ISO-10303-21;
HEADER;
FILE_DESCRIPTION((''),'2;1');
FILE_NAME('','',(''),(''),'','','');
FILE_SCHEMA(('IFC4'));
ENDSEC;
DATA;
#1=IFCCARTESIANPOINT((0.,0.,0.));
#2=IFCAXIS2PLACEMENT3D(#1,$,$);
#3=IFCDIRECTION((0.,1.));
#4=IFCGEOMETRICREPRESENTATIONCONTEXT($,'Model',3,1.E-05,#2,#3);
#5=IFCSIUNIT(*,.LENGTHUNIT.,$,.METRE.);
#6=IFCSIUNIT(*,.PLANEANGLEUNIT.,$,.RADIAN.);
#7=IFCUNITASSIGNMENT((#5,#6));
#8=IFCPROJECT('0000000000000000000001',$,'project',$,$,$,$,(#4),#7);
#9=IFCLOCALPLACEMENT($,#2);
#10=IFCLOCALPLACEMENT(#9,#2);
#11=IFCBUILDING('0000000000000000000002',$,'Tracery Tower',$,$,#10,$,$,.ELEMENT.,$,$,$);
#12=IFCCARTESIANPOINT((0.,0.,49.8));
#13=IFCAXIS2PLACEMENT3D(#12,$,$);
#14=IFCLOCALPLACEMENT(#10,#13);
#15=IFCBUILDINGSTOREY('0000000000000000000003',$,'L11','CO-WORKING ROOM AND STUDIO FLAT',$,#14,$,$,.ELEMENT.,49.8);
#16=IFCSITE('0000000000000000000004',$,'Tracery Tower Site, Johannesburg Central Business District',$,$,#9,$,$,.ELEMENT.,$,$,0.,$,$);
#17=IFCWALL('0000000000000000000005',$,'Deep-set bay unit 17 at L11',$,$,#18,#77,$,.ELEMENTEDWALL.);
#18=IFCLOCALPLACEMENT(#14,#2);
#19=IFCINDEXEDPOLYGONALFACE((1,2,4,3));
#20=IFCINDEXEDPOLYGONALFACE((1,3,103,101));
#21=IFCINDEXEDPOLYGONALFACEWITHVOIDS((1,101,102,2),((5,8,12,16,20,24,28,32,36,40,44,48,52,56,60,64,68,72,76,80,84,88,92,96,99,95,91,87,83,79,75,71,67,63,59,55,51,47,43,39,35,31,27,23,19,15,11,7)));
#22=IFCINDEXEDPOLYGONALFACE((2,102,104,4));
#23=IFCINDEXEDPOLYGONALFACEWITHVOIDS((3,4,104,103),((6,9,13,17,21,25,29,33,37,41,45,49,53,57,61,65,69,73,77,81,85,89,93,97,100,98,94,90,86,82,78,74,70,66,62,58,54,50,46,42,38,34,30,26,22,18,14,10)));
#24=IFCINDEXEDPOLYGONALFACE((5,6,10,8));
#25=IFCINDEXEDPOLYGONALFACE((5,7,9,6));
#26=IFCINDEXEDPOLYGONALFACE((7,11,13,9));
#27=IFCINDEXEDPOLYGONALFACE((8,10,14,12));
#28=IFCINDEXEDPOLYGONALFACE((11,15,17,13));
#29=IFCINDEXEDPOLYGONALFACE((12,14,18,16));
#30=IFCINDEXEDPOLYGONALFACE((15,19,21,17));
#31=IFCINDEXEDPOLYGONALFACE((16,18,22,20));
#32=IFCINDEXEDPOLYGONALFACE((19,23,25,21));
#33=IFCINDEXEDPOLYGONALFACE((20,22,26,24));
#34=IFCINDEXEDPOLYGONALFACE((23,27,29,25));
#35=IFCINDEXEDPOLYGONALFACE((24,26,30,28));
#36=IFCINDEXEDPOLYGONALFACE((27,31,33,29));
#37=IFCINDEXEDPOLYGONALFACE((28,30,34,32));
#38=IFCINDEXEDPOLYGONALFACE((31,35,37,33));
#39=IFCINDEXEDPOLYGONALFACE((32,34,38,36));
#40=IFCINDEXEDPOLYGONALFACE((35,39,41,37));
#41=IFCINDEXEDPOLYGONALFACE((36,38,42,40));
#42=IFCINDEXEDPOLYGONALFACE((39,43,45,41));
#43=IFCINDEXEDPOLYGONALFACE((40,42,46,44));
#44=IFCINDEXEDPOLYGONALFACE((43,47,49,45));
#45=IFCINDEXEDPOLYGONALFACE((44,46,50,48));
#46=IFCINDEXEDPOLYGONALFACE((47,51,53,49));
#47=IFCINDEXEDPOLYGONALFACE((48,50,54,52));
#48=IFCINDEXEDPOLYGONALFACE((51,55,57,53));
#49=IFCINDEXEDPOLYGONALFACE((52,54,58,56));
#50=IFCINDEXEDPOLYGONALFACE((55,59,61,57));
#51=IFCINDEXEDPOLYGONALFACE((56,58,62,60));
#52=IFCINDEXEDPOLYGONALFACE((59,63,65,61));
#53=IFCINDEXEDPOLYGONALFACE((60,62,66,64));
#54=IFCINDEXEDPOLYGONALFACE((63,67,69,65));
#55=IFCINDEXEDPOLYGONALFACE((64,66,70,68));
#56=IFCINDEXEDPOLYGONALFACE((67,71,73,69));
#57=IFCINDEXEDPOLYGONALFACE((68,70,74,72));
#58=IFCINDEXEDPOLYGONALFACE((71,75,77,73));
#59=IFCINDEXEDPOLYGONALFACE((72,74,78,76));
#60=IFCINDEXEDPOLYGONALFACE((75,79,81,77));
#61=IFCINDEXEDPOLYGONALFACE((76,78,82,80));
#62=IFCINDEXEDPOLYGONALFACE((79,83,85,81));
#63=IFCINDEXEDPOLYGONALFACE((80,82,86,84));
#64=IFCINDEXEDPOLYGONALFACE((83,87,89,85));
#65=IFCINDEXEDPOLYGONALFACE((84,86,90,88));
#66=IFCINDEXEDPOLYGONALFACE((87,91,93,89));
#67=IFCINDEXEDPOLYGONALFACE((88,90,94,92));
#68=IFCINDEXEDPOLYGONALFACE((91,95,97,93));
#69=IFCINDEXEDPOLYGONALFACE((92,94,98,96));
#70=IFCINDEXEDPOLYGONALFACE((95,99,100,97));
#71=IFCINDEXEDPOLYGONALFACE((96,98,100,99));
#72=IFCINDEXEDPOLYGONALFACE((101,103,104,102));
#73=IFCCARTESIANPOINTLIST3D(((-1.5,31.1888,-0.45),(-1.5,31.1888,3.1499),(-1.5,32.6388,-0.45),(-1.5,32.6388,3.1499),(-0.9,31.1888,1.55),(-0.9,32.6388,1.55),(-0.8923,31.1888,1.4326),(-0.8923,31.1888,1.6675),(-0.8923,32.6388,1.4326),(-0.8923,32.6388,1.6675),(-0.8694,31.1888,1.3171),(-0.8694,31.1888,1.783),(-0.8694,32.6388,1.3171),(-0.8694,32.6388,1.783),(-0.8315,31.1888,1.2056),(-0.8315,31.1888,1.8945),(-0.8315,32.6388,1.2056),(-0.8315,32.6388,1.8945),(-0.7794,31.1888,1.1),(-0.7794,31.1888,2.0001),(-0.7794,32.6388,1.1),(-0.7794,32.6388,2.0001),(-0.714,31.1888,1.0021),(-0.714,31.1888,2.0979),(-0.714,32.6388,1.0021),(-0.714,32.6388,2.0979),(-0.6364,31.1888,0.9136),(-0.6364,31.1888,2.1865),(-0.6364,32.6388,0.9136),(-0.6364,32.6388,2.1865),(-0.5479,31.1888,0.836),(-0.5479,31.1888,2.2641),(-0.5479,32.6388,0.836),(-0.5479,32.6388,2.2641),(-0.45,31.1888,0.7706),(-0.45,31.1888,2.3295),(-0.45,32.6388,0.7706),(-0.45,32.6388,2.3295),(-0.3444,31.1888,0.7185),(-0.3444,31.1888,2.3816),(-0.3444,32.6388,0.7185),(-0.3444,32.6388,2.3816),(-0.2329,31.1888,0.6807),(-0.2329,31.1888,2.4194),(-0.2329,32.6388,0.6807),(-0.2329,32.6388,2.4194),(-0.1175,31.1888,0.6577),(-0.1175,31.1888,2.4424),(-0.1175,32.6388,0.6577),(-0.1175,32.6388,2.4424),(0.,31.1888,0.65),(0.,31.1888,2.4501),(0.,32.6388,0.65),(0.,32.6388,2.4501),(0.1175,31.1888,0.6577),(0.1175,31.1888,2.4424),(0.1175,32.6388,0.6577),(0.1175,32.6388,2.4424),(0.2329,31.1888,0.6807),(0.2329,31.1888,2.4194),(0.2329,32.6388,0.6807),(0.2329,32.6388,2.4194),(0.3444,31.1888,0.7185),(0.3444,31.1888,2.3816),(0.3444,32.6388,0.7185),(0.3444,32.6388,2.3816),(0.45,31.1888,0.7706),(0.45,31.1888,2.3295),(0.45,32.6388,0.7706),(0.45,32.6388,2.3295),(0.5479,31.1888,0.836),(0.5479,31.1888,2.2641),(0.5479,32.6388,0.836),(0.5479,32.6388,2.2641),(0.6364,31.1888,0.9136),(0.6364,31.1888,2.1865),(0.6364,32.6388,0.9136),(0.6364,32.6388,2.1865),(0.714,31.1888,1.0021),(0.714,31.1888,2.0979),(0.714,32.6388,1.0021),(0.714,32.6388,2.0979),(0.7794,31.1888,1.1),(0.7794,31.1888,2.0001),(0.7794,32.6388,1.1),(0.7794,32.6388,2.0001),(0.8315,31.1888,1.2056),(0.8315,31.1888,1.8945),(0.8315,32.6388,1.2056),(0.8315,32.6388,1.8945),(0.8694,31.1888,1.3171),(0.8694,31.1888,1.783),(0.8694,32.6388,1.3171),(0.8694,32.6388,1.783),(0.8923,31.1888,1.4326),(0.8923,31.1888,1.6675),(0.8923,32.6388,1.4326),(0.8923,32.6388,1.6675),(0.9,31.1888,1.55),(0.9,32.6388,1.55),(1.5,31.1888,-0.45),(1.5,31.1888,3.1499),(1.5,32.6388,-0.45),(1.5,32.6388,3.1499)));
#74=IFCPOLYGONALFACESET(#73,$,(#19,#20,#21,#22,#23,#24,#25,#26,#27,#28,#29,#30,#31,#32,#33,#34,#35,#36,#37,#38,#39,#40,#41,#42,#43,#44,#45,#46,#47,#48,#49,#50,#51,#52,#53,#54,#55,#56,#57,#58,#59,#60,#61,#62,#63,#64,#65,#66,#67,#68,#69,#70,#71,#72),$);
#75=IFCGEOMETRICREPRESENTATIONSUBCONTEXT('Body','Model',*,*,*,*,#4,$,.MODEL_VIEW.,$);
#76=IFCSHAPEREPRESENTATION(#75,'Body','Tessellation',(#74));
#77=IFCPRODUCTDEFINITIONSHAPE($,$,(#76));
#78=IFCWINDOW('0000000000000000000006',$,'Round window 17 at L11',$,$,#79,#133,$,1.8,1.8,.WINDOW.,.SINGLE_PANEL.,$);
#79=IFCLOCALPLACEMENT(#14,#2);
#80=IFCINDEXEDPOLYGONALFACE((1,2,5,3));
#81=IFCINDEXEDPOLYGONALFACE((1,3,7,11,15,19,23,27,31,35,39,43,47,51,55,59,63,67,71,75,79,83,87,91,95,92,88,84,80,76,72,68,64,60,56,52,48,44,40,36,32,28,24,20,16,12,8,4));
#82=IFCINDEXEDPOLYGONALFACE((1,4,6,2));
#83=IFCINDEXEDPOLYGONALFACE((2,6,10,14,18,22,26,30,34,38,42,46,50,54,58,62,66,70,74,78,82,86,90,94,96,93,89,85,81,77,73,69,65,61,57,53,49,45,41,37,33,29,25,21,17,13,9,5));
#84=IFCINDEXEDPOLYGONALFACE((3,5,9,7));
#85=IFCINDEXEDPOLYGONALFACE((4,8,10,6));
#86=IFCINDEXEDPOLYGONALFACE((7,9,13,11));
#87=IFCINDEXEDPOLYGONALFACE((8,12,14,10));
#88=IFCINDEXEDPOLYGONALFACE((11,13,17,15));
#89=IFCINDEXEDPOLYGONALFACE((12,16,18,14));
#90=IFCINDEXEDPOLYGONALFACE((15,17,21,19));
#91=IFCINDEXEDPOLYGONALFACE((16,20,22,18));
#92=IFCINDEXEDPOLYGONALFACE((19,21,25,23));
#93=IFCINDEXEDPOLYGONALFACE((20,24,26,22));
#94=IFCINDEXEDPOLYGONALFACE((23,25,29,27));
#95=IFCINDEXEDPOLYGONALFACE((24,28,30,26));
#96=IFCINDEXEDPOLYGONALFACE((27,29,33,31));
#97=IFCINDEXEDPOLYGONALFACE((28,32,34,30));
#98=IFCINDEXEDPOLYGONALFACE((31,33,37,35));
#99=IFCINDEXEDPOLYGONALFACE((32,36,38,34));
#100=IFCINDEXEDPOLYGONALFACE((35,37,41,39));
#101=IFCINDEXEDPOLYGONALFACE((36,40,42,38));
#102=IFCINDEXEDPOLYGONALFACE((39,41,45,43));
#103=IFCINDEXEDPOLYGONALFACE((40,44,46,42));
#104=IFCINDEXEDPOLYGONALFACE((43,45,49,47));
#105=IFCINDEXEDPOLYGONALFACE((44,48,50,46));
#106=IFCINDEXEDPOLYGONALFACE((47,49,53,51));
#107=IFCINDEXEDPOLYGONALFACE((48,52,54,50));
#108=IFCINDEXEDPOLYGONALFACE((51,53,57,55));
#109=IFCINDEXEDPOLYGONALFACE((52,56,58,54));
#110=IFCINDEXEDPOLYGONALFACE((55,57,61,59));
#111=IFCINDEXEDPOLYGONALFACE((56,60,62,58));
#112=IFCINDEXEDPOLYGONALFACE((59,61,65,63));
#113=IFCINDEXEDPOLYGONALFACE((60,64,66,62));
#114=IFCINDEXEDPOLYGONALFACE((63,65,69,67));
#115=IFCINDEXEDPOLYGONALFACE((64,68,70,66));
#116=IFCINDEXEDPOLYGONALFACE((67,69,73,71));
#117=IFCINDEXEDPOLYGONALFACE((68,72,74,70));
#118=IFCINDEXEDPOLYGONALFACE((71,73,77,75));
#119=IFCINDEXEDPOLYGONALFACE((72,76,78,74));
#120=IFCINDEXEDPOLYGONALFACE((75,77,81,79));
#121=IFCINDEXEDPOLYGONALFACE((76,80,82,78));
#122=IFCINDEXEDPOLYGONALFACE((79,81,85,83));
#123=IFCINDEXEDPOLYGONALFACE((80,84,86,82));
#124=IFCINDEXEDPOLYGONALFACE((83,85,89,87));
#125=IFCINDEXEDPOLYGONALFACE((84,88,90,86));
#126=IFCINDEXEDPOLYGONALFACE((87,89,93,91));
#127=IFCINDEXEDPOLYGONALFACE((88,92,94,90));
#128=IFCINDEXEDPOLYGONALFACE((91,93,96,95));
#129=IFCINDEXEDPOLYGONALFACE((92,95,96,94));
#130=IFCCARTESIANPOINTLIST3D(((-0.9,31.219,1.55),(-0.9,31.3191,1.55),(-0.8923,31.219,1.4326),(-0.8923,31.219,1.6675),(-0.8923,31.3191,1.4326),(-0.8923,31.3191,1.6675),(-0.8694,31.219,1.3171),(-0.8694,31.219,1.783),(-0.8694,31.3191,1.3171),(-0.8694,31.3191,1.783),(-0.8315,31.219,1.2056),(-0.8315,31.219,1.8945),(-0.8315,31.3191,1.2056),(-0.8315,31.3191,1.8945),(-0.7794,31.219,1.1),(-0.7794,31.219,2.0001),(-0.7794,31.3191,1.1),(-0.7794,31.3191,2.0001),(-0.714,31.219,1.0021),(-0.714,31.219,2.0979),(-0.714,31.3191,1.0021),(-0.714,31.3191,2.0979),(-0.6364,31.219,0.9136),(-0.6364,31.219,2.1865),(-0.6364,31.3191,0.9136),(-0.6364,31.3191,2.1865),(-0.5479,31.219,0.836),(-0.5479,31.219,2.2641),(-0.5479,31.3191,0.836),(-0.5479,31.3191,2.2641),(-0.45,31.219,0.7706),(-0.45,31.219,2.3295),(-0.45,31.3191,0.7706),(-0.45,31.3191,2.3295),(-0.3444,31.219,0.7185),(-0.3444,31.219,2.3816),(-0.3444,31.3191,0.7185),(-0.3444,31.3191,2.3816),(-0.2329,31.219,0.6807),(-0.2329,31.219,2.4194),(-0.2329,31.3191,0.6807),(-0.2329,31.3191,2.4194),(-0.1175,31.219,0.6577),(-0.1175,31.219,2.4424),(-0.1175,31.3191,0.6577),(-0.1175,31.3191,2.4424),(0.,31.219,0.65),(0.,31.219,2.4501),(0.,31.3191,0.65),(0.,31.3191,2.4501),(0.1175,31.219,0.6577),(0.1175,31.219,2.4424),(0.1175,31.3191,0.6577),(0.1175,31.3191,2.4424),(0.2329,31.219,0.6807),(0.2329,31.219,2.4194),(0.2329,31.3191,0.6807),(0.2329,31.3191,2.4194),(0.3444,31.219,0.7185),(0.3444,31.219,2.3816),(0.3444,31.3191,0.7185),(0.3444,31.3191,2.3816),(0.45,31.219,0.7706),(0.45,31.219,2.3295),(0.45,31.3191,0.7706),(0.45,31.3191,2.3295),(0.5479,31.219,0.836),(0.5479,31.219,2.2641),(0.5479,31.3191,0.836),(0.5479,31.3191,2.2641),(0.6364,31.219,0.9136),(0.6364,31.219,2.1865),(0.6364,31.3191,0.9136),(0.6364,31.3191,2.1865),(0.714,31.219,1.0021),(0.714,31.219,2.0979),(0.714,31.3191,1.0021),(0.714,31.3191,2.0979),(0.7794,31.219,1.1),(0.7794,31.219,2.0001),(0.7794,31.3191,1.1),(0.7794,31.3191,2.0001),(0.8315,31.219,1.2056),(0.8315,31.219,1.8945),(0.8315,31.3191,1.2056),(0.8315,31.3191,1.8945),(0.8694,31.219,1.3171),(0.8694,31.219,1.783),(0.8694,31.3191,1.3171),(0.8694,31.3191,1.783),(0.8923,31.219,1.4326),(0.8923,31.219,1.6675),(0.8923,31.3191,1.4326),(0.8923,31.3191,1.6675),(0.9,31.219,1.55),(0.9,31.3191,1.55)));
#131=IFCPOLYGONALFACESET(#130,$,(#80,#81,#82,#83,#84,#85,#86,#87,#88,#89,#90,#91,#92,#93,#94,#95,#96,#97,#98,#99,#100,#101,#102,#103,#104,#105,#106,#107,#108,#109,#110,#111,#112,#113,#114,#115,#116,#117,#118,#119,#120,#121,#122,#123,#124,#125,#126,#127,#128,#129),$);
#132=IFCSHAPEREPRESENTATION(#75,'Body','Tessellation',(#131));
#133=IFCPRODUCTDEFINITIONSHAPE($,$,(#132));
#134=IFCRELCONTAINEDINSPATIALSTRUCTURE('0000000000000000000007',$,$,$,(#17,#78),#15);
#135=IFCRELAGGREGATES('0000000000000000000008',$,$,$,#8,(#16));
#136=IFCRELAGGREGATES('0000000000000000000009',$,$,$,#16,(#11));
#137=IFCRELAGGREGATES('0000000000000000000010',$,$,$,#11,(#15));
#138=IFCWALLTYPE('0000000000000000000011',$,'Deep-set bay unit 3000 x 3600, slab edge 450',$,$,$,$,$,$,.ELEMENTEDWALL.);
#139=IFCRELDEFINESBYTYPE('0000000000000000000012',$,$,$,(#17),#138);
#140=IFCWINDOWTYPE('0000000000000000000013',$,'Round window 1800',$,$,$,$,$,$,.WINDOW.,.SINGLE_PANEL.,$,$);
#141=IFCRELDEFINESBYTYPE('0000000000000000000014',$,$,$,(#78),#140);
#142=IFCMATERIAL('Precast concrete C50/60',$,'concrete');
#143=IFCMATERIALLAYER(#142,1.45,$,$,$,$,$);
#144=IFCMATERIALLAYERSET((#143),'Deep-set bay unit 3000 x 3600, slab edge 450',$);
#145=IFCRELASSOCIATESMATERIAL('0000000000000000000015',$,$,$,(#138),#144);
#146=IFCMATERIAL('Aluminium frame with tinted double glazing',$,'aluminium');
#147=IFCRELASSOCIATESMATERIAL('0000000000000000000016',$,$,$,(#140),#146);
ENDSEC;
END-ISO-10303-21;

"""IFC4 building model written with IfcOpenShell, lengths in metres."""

from ifc_helpers import new_model, si_unit, direction, frame, frame_2d, origin, origin_2d, place, context, subcontext, project, spatial, rectangle, circle, extrude, material, layer, layer_set, type_object, element, fill, save


model = new_model("IFC4")

# Units and contexts
model_context = context("Model", 3, precision=1e-05, world=origin(), true_north=direction((0.0, 1.0)))
body_context = subcontext(model_context, "Body", "Model", "MODEL_VIEW")
ifc_project = project(units=[si_unit("LENGTHUNIT", "METRE"), si_unit("PLANEANGLEUNIT", "RADIAN")], contexts=[model_context])

# Site, building, storey
site_placement = place(None, origin())
site = spatial("IfcSite", under=ifc_project, at=site_placement, Name="Tracery Tower Site, Johannesburg Central Business District", CompositionType="ELEMENT", RefElevation=0.0)
building_placement = place(site_placement, origin())
building = spatial("IfcBuilding", under=site, at=building_placement, Name="Tracery Tower", CompositionType="ELEMENT")
storey_placement = place(building_placement, frame((0.0, 0.0, 49.8)))
storey = spatial("IfcBuildingStorey", under=building, at=storey_placement, Name="L11", Description="CO-WORKING ROOM AND STUDIO FLAT", CompositionType="ELEMENT", Elevation=49.8)

# Wall, opening, window
ifc_material_1 = material(Name="Precast concrete C50/60", Category="concrete")
ifc_layer_1 = layer(ifc_material_1, 1.45)
ifc_layer_set_1 = layer_set([ifc_layer_1], Name="Deep-set bay unit 3000 x 3600, slab edge 450")
wall_type_1 = type_object("IfcWallType", Name="Deep-set bay unit 3000 x 3600, slab edge 450", PredefinedType="ELEMENTEDWALL", material=ifc_layer_set_1)
wall_1_placement = place(storey_placement, frame((1.5, 31.9138, -0.45), z_axis=(0.0, 0.0, 1.0), x_axis=(-1.0, 0.0, 0.0)))
wall_1 = element("IfcWall", 1, at=wall_1_placement, inside=storey, type_object=wall_type_1, Name="Deep-set bay unit 17 at L11", PredefinedType="ELEMENTEDWALL", context=body_context, shape_type="SweptSolid", body=[
    extrude(rectangle(XDim=3.0, YDim=1.45, at=frame_2d((1.5, 0.0))), origin(), (0.0, 0.0, 1.0), 3.5999),
])
opening_1_placement = place(wall_1_placement, frame((1.5, 0.0, 2.0)))
opening_1 = element("IfcOpeningElement", 2, at=opening_1_placement, cuts=wall_1, PredefinedType="OPENING", context=body_context, shape_type="SweptSolid", body=[
    extrude(circle(Radius=0.9, at=origin_2d()), frame((0.0, 0.7349, 0.0), z_axis=(0.0, -1.0, 0.0), x_axis=(1.0, 0.0, 0.0)), (0.0, 0.0, 1.0), 1.47),
])
ifc_material_2 = material(Name="Aluminium frame with tinted double glazing", Category="aluminium")
window_type = type_object("IfcWindowType", Name="Round window 1800", PartitioningType="SINGLE_PANEL", PredefinedType="WINDOW", material=ifc_material_2)
window_1_placement = place(opening_1_placement, origin())
window_1 = element("IfcWindow", 3, at=window_1_placement, inside=storey, type_object=window_type, Name="Round window 17 at L11", OverallHeight=1.8, OverallWidth=1.8, PartitioningType="SINGLE_PANEL", PredefinedType="WINDOW", context=body_context, shape_type="SweptSolid", body=[
    extrude(circle(Radius=0.9, at=origin_2d()), frame((0.0, 0.6948, 0.0), z_axis=(0.0, -1.0, 0.0), x_axis=(1.0, 0.0, 0.0)), (0.0, 0.0, 1.0), 0.1001),
])
fill(opening_1, window_1)

save(model, "model.ifc")
